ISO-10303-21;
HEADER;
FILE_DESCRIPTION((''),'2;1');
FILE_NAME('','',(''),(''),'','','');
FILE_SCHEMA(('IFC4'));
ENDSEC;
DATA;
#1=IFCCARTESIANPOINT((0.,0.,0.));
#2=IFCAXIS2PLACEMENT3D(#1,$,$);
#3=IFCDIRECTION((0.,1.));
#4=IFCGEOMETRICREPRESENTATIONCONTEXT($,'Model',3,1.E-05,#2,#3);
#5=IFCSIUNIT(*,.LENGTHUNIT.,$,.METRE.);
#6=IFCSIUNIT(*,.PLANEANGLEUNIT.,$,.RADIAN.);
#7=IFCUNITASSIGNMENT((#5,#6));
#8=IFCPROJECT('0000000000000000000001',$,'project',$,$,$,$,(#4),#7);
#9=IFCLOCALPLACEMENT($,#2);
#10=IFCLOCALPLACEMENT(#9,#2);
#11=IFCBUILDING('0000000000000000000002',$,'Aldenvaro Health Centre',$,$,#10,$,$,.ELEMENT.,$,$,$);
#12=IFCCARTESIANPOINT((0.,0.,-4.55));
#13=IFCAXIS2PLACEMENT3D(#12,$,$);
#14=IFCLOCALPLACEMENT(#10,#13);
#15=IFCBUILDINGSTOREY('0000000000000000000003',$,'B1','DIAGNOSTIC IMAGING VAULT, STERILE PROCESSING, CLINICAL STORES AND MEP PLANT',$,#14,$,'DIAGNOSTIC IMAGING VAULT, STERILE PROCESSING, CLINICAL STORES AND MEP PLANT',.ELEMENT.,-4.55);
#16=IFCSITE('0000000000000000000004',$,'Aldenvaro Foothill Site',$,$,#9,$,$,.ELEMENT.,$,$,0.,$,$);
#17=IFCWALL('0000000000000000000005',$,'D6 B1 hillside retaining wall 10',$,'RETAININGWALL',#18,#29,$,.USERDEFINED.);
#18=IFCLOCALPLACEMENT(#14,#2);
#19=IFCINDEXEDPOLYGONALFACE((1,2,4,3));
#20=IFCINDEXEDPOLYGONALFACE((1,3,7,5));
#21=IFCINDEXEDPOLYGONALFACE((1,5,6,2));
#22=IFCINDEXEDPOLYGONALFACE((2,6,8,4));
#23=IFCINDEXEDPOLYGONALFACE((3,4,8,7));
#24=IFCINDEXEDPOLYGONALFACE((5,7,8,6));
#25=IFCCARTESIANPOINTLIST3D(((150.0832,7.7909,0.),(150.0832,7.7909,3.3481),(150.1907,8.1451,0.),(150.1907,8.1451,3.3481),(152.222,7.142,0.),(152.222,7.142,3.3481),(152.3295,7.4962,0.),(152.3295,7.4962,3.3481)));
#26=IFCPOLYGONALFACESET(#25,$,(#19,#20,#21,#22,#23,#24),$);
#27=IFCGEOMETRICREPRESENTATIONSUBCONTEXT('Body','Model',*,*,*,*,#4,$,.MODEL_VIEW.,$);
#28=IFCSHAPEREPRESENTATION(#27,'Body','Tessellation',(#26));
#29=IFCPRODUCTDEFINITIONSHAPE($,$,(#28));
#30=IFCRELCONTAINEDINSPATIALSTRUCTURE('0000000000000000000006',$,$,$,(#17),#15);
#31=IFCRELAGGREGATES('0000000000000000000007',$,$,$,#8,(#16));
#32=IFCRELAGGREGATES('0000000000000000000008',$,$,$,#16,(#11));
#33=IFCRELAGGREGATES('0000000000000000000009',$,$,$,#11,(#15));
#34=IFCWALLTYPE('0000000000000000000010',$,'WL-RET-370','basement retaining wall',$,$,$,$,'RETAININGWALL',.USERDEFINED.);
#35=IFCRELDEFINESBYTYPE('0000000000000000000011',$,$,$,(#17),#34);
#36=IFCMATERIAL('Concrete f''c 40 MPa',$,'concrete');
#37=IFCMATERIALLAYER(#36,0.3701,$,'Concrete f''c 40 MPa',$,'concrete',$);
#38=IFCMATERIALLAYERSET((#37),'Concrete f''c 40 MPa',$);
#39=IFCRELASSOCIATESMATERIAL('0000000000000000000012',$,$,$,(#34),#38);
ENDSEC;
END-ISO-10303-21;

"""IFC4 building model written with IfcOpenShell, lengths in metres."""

from ifc_helpers import new_model, si_unit, direction, frame, frame_2d, origin, place, context, subcontext, project, spatial, rectangle, extrude, material, layer, layer_set, type_object, element, save


model = new_model("IFC4")

# Units and contexts
model_context = context("Model", 3, precision=1e-05, world=origin(), true_north=direction((0.0, 1.0)))
body_context = subcontext(model_context, "Body", "Model", "MODEL_VIEW")
ifc_project = project(units=[si_unit("LENGTHUNIT", "METRE"), si_unit("PLANEANGLEUNIT", "RADIAN")], contexts=[model_context])

# Site, building, storey
site_placement = place(None, origin())
site = spatial("IfcSite", under=ifc_project, at=site_placement, Name="Aldenvaro Foothill Site", CompositionType="ELEMENT", RefElevation=0.0)
building_placement = place(site_placement, origin())
building = spatial("IfcBuilding", under=site, at=building_placement, Name="Aldenvaro Health Centre", CompositionType="ELEMENT")
storey_placement = place(building_placement, frame((0.0, 0.0, -4.55)))
storey = spatial("IfcBuildingStorey", under=building, at=storey_placement, Name="B1", Description="DIAGNOSTIC IMAGING VAULT, STERILE PROCESSING, CLINICAL STORES AND MEP PLANT", LongName="DIAGNOSTIC IMAGING VAULT, STERILE PROCESSING, CLINICAL STORES AND MEP PLANT", CompositionType="ELEMENT", Elevation=-4.55)

# Shared definitions
ifc_material_1 = material(Name="Concrete f'c 40 MPa", Category="concrete")

# Wall
ifc_layer_1 = layer(ifc_material_1, 0.3701, Name="Concrete f'c 40 MPa", Category="concrete")
ifc_layer_set_1 = layer_set([ifc_layer_1], Name="Concrete f'c 40 MPa")
wall_type = type_object("IfcWallType", Name="WL-RET-370", Description="basement retaining wall", ElementType="RETAININGWALL", PredefinedType="USERDEFINED", material=ifc_layer_set_1)
wall_placement = place(storey_placement, frame((152.2759, 7.3191, 0.0), z_axis=(0.0, 0.0, 1.0), x_axis=(-0.956929, 0.290323, 0.0)))
element("IfcWall", 1, at=wall_placement, inside=storey, type_object=wall_type, Name="D6 B1 hillside retaining wall 10", ObjectType="RETAININGWALL", PredefinedType="USERDEFINED", context=body_context, shape_type="SweptSolid", body=[
    extrude(rectangle(XDim=2.2351, YDim=0.3701, at=frame_2d((1.1177, 0.0))), origin(), (0.0, 0.0, 1.0), 3.3481),
])

save(model, "model.ifc")
